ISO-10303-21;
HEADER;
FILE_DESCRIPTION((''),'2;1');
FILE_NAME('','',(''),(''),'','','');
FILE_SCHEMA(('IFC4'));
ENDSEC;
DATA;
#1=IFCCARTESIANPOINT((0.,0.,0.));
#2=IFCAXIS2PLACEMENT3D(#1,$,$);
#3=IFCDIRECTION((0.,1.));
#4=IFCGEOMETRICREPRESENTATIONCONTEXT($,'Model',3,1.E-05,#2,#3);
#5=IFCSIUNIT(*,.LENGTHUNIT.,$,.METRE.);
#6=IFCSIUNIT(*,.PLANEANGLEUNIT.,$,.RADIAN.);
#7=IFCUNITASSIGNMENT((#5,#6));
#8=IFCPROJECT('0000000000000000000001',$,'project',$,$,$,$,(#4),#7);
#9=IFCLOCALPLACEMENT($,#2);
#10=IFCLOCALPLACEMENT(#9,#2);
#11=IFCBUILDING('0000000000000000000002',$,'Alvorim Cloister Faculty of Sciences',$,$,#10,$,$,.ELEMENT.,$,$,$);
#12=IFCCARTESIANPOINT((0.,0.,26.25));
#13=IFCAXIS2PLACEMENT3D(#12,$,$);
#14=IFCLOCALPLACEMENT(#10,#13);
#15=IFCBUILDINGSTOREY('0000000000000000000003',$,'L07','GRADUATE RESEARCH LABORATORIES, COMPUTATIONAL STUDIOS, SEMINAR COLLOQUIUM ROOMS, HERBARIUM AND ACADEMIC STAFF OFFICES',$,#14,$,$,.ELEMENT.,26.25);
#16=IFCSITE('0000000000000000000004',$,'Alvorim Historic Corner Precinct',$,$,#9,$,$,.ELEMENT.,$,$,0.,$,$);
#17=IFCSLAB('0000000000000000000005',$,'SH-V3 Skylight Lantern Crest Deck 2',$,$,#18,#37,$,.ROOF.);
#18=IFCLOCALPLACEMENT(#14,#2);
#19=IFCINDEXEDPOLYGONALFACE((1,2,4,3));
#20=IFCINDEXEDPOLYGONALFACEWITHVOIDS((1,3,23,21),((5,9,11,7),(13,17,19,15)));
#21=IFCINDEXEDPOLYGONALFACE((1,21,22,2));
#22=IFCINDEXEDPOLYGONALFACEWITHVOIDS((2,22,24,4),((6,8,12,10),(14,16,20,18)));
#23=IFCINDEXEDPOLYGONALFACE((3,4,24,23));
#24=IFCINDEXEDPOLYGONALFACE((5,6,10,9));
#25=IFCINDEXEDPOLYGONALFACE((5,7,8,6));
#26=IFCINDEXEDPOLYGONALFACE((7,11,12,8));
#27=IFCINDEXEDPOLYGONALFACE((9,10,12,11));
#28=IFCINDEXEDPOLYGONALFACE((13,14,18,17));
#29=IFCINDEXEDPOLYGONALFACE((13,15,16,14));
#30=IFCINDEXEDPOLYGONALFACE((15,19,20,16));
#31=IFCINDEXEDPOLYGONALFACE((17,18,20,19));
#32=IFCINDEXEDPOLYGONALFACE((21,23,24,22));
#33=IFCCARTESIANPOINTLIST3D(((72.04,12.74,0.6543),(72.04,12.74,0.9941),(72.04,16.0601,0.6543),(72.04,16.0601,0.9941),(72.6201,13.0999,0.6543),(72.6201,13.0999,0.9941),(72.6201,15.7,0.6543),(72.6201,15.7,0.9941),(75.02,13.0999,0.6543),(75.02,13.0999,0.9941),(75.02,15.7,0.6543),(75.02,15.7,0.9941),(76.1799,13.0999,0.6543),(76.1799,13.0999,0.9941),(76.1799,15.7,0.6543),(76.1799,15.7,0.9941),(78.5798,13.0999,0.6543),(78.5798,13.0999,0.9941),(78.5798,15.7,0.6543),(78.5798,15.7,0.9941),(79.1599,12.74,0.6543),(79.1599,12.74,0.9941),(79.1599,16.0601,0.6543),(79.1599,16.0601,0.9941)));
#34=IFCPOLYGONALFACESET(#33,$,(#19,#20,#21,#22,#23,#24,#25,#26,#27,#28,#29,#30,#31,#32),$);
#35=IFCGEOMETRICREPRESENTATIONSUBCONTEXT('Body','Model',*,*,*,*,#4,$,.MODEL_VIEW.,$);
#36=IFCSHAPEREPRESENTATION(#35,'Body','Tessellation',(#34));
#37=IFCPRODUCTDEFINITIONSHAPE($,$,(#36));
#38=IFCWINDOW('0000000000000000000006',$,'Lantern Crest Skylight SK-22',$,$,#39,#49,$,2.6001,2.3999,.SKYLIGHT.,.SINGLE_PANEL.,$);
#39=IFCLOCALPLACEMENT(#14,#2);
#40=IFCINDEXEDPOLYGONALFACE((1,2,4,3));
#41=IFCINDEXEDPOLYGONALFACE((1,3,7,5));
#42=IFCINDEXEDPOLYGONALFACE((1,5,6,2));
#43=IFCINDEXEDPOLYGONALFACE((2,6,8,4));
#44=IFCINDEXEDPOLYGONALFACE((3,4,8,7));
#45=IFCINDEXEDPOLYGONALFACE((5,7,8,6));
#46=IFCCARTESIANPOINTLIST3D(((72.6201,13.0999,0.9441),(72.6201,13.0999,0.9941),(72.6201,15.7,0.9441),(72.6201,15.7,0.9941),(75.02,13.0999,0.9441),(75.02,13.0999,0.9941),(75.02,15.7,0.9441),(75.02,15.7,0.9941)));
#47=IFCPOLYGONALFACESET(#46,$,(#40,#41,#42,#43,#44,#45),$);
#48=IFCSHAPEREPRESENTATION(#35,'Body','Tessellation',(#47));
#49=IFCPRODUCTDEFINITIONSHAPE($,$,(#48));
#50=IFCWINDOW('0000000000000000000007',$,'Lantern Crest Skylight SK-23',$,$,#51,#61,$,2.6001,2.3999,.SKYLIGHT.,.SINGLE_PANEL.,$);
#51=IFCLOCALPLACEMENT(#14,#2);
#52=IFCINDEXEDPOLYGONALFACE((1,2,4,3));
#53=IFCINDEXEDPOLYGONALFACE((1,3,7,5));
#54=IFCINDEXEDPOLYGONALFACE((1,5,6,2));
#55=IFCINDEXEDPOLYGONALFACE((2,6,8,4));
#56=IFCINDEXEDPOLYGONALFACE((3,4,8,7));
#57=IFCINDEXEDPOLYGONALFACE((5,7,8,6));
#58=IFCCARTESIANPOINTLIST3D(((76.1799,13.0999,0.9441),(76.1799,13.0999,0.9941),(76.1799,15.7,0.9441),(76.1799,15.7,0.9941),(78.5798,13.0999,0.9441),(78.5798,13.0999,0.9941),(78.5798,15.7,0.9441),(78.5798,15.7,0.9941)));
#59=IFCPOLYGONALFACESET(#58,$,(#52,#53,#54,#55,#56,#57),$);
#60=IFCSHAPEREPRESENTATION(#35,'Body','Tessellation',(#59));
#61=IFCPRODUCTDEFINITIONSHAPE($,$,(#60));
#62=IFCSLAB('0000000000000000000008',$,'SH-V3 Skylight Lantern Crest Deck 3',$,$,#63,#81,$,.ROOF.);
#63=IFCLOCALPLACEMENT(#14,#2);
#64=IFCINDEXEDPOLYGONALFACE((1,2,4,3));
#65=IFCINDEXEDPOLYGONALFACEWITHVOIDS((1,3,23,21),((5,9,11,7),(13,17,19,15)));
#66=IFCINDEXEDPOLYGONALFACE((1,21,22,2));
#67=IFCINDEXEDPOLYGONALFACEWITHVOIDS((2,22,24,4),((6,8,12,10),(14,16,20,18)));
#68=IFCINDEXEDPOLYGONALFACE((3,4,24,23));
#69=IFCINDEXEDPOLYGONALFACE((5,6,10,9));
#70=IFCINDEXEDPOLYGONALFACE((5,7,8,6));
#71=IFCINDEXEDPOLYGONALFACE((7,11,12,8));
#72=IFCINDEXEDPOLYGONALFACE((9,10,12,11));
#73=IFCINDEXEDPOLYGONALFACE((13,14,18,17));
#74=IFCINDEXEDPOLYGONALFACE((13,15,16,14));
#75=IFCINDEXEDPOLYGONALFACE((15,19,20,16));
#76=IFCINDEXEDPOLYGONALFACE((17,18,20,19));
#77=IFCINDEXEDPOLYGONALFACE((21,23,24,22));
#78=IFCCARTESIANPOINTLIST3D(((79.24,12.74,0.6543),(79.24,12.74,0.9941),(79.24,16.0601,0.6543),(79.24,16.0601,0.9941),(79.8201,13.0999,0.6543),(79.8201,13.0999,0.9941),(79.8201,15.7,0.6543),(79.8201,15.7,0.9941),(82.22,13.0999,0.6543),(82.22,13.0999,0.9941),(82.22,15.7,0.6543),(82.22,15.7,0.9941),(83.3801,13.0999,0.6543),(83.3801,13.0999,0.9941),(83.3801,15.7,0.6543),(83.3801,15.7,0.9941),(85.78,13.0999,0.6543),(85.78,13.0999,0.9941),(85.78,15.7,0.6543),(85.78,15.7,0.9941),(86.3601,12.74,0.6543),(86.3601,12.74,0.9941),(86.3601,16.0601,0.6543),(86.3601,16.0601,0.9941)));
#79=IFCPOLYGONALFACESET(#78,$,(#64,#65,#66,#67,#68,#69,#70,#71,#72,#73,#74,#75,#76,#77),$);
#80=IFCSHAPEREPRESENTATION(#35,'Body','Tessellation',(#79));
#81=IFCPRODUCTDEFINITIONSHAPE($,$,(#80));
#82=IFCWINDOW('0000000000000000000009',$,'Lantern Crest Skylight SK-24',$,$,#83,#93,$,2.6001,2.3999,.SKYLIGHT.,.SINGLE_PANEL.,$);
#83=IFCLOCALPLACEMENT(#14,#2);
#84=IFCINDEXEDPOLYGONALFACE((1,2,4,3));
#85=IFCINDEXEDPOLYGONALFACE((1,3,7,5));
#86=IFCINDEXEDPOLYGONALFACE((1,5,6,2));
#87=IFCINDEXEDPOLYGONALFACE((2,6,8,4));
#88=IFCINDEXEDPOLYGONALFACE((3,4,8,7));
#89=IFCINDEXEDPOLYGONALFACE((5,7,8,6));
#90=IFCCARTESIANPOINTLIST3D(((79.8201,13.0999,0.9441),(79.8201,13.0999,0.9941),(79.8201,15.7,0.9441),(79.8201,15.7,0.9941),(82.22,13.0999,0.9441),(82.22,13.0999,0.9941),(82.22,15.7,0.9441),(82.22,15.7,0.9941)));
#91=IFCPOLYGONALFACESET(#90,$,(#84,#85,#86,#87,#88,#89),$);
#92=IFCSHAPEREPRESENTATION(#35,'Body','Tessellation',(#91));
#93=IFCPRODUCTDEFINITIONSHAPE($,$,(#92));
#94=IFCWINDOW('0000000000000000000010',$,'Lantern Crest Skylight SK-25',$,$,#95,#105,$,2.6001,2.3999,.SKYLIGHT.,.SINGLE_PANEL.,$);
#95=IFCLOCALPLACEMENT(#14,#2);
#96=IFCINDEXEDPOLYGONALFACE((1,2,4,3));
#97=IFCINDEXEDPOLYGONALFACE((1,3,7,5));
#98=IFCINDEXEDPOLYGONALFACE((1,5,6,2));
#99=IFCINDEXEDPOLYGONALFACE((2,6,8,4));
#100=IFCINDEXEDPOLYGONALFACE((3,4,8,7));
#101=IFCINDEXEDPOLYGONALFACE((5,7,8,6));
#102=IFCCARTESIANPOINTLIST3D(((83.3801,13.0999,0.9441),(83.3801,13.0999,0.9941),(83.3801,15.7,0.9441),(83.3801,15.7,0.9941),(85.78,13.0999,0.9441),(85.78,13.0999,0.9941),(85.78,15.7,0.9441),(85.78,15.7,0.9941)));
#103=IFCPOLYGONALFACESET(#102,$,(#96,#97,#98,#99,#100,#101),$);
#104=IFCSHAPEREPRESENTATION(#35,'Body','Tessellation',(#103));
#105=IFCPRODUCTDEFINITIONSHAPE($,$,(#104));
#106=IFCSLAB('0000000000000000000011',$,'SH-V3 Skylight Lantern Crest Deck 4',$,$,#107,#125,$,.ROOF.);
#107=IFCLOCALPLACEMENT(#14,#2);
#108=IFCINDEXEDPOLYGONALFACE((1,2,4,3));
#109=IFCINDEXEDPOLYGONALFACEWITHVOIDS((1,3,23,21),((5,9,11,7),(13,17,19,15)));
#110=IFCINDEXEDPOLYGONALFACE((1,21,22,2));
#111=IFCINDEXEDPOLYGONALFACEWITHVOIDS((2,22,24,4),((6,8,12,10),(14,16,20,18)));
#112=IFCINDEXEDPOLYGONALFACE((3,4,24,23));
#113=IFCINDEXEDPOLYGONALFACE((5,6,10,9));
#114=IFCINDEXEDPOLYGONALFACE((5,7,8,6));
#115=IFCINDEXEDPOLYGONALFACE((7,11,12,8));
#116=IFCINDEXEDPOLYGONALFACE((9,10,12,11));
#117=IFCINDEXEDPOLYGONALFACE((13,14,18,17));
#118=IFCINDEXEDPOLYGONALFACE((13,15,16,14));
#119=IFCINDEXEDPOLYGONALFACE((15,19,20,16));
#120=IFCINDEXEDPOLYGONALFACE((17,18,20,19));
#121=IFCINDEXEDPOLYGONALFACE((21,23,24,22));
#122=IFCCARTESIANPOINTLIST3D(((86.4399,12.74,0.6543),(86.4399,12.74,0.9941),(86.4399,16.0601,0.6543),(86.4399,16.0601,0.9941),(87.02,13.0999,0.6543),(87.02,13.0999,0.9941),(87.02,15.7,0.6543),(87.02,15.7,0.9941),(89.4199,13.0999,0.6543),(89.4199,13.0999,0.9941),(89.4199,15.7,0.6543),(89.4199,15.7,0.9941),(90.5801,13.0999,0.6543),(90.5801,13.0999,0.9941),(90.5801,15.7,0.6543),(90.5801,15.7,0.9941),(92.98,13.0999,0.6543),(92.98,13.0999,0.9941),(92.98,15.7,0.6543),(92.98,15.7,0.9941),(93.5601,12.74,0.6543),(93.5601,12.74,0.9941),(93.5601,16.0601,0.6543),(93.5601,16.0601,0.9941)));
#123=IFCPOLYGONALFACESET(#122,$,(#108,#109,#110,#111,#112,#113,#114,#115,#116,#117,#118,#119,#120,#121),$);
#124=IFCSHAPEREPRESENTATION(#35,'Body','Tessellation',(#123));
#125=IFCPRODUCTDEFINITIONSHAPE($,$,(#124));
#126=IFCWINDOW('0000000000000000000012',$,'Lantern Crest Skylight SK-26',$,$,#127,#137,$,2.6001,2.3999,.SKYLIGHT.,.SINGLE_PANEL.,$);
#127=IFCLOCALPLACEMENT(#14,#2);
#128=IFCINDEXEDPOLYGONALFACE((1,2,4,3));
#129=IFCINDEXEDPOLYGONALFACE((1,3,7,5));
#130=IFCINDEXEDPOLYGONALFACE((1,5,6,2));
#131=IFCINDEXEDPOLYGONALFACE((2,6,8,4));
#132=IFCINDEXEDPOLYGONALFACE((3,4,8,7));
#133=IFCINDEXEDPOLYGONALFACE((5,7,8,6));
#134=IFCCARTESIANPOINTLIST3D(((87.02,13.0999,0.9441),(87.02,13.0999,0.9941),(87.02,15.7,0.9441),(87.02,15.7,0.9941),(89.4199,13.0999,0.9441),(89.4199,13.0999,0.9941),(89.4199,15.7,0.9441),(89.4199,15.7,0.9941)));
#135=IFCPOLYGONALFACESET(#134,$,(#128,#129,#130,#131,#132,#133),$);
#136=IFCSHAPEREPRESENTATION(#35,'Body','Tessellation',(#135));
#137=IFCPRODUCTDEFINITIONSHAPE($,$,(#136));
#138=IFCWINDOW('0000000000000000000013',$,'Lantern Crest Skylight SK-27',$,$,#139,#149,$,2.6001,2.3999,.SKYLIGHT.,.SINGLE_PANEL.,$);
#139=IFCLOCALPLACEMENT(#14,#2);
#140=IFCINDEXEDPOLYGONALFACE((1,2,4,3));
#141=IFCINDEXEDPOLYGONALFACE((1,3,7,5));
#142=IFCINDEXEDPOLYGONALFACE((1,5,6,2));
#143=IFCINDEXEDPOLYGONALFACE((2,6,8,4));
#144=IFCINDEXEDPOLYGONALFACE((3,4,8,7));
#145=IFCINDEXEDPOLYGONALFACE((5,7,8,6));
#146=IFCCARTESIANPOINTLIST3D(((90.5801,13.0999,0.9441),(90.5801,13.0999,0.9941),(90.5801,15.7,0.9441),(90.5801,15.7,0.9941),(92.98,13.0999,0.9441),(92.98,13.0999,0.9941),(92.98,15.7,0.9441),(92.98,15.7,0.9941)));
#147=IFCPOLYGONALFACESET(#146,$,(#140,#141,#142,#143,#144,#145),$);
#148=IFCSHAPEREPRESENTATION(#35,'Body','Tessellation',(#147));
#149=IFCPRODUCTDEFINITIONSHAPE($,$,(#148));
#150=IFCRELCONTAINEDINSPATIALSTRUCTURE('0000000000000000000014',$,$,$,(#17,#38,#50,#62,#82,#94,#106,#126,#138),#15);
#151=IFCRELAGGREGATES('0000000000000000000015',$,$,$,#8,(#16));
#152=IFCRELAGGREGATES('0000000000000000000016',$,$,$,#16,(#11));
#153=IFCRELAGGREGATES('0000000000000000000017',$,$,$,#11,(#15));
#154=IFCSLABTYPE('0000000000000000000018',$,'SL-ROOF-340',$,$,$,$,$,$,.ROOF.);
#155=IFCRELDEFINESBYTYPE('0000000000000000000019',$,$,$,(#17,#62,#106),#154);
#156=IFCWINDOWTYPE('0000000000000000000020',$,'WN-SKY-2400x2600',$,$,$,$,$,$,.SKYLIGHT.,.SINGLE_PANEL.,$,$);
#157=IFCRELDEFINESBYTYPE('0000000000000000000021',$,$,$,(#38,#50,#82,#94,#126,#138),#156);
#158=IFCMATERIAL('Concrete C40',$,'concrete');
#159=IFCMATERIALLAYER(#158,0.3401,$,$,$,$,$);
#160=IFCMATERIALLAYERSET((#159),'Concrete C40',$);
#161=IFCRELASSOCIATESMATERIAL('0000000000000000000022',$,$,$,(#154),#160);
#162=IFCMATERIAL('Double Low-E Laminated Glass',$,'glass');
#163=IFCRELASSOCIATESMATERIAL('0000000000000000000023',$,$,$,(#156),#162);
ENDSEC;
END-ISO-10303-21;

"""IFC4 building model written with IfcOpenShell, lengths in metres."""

from ifc_helpers import new_model, si_unit, direction, frame, origin, origin_2d, place, context, subcontext, project, spatial, polyline, rectangle, outline, extrude, material, layer, layer_set, type_object, element, fill, save


model = new_model("IFC4")

# Units and contexts
model_context = context("Model", 3, precision=1e-05, world=origin(), true_north=direction((0.0, 1.0)))
body_context = subcontext(model_context, "Body", "Model", "MODEL_VIEW")
ifc_project = project(units=[si_unit("LENGTHUNIT", "METRE"), si_unit("PLANEANGLEUNIT", "RADIAN")], contexts=[model_context])

# Site, building, storey
site_placement = place(None, origin())
site = spatial("IfcSite", under=ifc_project, at=site_placement, Name="Alvorim Historic Corner Precinct", CompositionType="ELEMENT", RefElevation=0.0)
building_placement = place(site_placement, origin())
building = spatial("IfcBuilding", under=site, at=building_placement, Name="Alvorim Cloister Faculty of Sciences", CompositionType="ELEMENT")
storey_placement = place(building_placement, frame((0.0, 0.0, 26.25)))
storey = spatial("IfcBuildingStorey", under=building, at=storey_placement, Name="L07", Description="GRADUATE RESEARCH LABORATORIES, COMPUTATIONAL STUDIOS, SEMINAR COLLOQUIUM ROOMS, HERBARIUM AND ACADEMIC STAFF OFFICES", CompositionType="ELEMENT", Elevation=26.25)

# Slabs, openings, windows
ifc_material_1 = material(Name="Concrete C40", Category="concrete")
ifc_layer = layer(ifc_material_1, 0.3401)
ifc_layer_set = layer_set([ifc_layer], Name="Concrete C40")
slab_type = type_object("IfcSlabType", Name="SL-ROOF-340", PredefinedType="ROOF", material=ifc_layer_set)
slab_1_placement = place(storey_placement, frame((0.0, 0.0, 0.6543)))
slab_1 = element("IfcSlab", 1, at=slab_1_placement, inside=storey, type_object=slab_type, Name="SH-V3 Skylight Lantern Crest Deck 2", PredefinedType="ROOF", context=body_context, shape_type="SweptSolid", body=[
    extrude(outline(polyline([(72.04, 12.74), (79.1599, 12.74), (79.1599, 16.0601), (72.04, 16.0601), (72.04, 12.74)])), origin(), (0.0, 0.0, 1.0), 0.3398),
])
opening_1_placement = place(slab_1_placement, frame((73.8201, 14.3999, -0.012)))
opening_1 = element("IfcOpeningElement", 2, at=opening_1_placement, cuts=slab_1, PredefinedType="OPENING", context=body_context, shape_type="SweptSolid", body=[
    extrude(rectangle(XDim=2.3999, YDim=2.6001, at=origin_2d()), origin(), (0.0, 0.0, 1.0), 0.3638),
])
opening_2_placement = place(slab_1_placement, frame((77.3799, 14.3999, -0.012)))
opening_2 = element("IfcOpeningElement", 3, at=opening_2_placement, cuts=slab_1, PredefinedType="OPENING", context=body_context, shape_type="SweptSolid", body=[
    extrude(rectangle(XDim=2.3999, YDim=2.6001, at=origin_2d()), origin(), (0.0, 0.0, 1.0), 0.3638),
])
ifc_material_2 = material(Name="Double Low-E Laminated Glass", Category="glass")
window_type = type_object("IfcWindowType", Name="WN-SKY-2400x2600", PartitioningType="SINGLE_PANEL", PredefinedType="SKYLIGHT", material=ifc_material_2)
window_1_placement = place(slab_1_placement, frame((73.8201, 14.3999, 0.2898)))
window_1 = element("IfcWindow", 4, at=window_1_placement, inside=storey, type_object=window_type, Name="Lantern Crest Skylight SK-22", OverallHeight=2.6001, OverallWidth=2.3999, PartitioningType="SINGLE_PANEL", PredefinedType="SKYLIGHT", context=body_context, shape_type="SweptSolid", body=[
    extrude(rectangle(XDim=2.3999, YDim=2.6001, at=origin_2d()), origin(), (0.0, 0.0, 1.0), 0.05),
])
fill(opening_1, window_1)
window_2_placement = place(slab_1_placement, frame((77.3799, 14.3999, 0.2898)))
window_2 = element("IfcWindow", 5, at=window_2_placement, inside=storey, type_object=window_type, Name="Lantern Crest Skylight SK-23", OverallHeight=2.6001, OverallWidth=2.3999, PartitioningType="SINGLE_PANEL", PredefinedType="SKYLIGHT", context=body_context, shape_type="SweptSolid", body=[
    extrude(rectangle(XDim=2.3999, YDim=2.6001, at=origin_2d()), origin(), (0.0, 0.0, 1.0), 0.05),
])
fill(opening_2, window_2)
slab_2_placement = place(storey_placement, frame((0.0, 0.0, 0.6543)))
slab_2 = element("IfcSlab", 6, at=slab_2_placement, inside=storey, type_object=slab_type, Name="SH-V3 Skylight Lantern Crest Deck 3", PredefinedType="ROOF", context=body_context, shape_type="SweptSolid", body=[
    extrude(outline(polyline([(79.24, 12.74), (86.3601, 12.74), (86.3601, 16.0601), (79.24, 16.0601), (79.24, 12.74)])), origin(), (0.0, 0.0, 1.0), 0.3398),
])
opening_3_placement = place(slab_2_placement, frame((81.02, 14.3999, -0.012)))
opening_3 = element("IfcOpeningElement", 7, at=opening_3_placement, cuts=slab_2, PredefinedType="OPENING", context=body_context, shape_type="SweptSolid", body=[
    extrude(rectangle(XDim=2.3999, YDim=2.6001, at=origin_2d()), origin(), (0.0, 0.0, 1.0), 0.3638),
])
opening_4_placement = place(slab_2_placement, frame((84.5801, 14.3999, -0.012)))
opening_4 = element("IfcOpeningElement", 8, at=opening_4_placement, cuts=slab_2, PredefinedType="OPENING", context=body_context, shape_type="SweptSolid", body=[
    extrude(rectangle(XDim=2.3999, YDim=2.6001, at=origin_2d()), origin(), (0.0, 0.0, 1.0), 0.3638),
])
window_3_placement = place(slab_2_placement, frame((81.02, 14.3999, 0.2898)))
window_3 = element("IfcWindow", 9, at=window_3_placement, inside=storey, type_object=window_type, Name="Lantern Crest Skylight SK-24", OverallHeight=2.6001, OverallWidth=2.3999, PartitioningType="SINGLE_PANEL", PredefinedType="SKYLIGHT", context=body_context, shape_type="SweptSolid", body=[
    extrude(rectangle(XDim=2.3999, YDim=2.6001, at=origin_2d()), origin(), (0.0, 0.0, 1.0), 0.05),
])
fill(opening_3, window_3)
window_4_placement = place(slab_2_placement, frame((84.5801, 14.3999, 0.2898)))
window_4 = element("IfcWindow", 10, at=window_4_placement, inside=storey, type_object=window_type, Name="Lantern Crest Skylight SK-25", OverallHeight=2.6001, OverallWidth=2.3999, PartitioningType="SINGLE_PANEL", PredefinedType="SKYLIGHT", context=body_context, shape_type="SweptSolid", body=[
    extrude(rectangle(XDim=2.3999, YDim=2.6001, at=origin_2d()), origin(), (0.0, 0.0, 1.0), 0.05),
])
fill(opening_4, window_4)
slab_3_placement = place(storey_placement, frame((0.0, 0.0, 0.6543)))
slab_3 = element("IfcSlab", 11, at=slab_3_placement, inside=storey, type_object=slab_type, Name="SH-V3 Skylight Lantern Crest Deck 4", PredefinedType="ROOF", context=body_context, shape_type="SweptSolid", body=[
    extrude(outline(polyline([(86.4399, 12.74), (93.5601, 12.74), (93.5601, 16.0601), (86.4399, 16.0601), (86.4399, 12.74)])), origin(), (0.0, 0.0, 1.0), 0.3398),
])
opening_5_placement = place(slab_3_placement, frame((88.22, 14.3999, -0.012)))
opening_5 = element("IfcOpeningElement", 12, at=opening_5_placement, cuts=slab_3, PredefinedType="OPENING", context=body_context, shape_type="SweptSolid", body=[
    extrude(rectangle(XDim=2.3999, YDim=2.6001, at=origin_2d()), origin(), (0.0, 0.0, 1.0), 0.3638),
])
opening_6_placement = place(slab_3_placement, frame((91.78, 14.3999, -0.012)))
opening_6 = element("IfcOpeningElement", 13, at=opening_6_placement, cuts=slab_3, PredefinedType="OPENING", context=body_context, shape_type="SweptSolid", body=[
    extrude(rectangle(XDim=2.3999, YDim=2.6001, at=origin_2d()), origin(), (0.0, 0.0, 1.0), 0.3638),
])
window_5_placement = place(slab_3_placement, frame((88.22, 14.3999, 0.2898)))
window_5 = element("IfcWindow", 14, at=window_5_placement, inside=storey, type_object=window_type, Name="Lantern Crest Skylight SK-26", OverallHeight=2.6001, OverallWidth=2.3999, PartitioningType="SINGLE_PANEL", PredefinedType="SKYLIGHT", context=body_context, shape_type="SweptSolid", body=[
    extrude(rectangle(XDim=2.3999, YDim=2.6001, at=origin_2d()), origin(), (0.0, 0.0, 1.0), 0.05),
])
fill(opening_5, window_5)
window_6_placement = place(slab_3_placement, frame((91.78, 14.3999, 0.2898)))
window_6 = element("IfcWindow", 15, at=window_6_placement, inside=storey, type_object=window_type, Name="Lantern Crest Skylight SK-27", OverallHeight=2.6001, OverallWidth=2.3999, PartitioningType="SINGLE_PANEL", PredefinedType="SKYLIGHT", context=body_context, shape_type="SweptSolid", body=[
    extrude(rectangle(XDim=2.3999, YDim=2.6001, at=origin_2d()), origin(), (0.0, 0.0, 1.0), 0.05),
])
fill(opening_6, window_6)

save(model, "model.ifc")
